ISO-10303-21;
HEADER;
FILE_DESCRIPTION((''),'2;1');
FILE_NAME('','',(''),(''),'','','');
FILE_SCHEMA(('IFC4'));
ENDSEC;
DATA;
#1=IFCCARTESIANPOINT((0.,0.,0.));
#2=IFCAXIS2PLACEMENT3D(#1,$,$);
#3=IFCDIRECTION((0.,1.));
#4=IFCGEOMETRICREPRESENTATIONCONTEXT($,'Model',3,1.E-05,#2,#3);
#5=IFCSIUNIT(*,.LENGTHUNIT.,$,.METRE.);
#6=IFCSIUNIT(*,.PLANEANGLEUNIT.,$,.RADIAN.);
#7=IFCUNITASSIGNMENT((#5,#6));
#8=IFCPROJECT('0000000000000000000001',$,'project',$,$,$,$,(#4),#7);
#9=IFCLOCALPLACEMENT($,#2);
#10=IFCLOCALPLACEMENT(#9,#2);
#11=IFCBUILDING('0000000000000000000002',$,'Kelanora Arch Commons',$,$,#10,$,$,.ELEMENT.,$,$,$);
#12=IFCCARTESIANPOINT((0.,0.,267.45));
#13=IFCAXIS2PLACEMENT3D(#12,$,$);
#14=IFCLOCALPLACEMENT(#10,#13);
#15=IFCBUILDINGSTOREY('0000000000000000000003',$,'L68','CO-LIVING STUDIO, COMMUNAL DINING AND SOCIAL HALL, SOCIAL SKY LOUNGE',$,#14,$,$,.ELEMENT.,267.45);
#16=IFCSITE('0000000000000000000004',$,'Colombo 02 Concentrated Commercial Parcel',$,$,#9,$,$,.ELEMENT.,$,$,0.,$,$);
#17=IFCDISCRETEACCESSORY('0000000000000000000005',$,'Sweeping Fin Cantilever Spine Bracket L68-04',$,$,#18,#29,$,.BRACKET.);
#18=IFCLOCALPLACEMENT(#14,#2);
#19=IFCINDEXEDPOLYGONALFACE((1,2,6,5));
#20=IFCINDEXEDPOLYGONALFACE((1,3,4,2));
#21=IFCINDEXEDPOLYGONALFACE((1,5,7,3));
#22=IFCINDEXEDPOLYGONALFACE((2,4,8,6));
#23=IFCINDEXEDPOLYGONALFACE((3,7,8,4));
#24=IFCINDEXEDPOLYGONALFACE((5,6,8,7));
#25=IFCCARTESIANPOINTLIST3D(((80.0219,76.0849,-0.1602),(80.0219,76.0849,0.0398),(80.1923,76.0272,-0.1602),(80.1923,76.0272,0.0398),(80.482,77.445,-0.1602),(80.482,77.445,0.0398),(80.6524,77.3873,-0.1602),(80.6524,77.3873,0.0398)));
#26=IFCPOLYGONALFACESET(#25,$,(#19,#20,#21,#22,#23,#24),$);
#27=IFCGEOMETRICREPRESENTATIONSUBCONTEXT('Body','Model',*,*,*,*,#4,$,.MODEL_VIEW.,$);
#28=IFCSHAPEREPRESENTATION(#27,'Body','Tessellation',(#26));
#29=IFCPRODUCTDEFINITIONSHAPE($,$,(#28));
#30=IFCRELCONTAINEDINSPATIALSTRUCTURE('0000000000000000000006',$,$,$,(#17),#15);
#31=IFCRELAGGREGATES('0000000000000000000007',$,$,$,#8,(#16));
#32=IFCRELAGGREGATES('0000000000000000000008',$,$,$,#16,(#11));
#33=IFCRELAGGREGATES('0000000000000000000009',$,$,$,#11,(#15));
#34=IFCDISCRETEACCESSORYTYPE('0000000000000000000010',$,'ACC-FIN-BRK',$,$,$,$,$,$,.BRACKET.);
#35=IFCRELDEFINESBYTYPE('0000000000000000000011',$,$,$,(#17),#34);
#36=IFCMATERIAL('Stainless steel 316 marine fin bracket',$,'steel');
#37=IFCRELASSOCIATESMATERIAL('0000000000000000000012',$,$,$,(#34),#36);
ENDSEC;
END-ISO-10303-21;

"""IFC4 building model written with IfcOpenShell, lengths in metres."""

from ifc_helpers import new_model, si_unit, direction, frame, origin, origin_2d, place, context, subcontext, project, spatial, rectangle, extrude, source, transform, mapped, material, type_object, element, save


model = new_model("IFC4")

# Units and contexts
model_context = context("Model", 3, precision=1e-05, world=origin(), true_north=direction((0.0, 1.0)))
body_context = subcontext(model_context, "Body", "Model", "MODEL_VIEW")
ifc_project = project(units=[si_unit("LENGTHUNIT", "METRE"), si_unit("PLANEANGLEUNIT", "RADIAN")], contexts=[model_context])

# Site, building, storey
site_placement = place(None, origin())
site = spatial("IfcSite", under=ifc_project, at=site_placement, Name="Colombo 02 Concentrated Commercial Parcel", CompositionType="ELEMENT", RefElevation=0.0)
building_placement = place(site_placement, origin())
building = spatial("IfcBuilding", under=site, at=building_placement, Name="Kelanora Arch Commons", CompositionType="ELEMENT")
storey_placement = place(building_placement, frame((0.0, 0.0, 267.45)))
storey = spatial("IfcBuildingStorey", under=building, at=storey_placement, Name="L68", Description="CO-LIVING STUDIO, COMMUNAL DINING AND SOCIAL HALL, SOCIAL SKY LOUNGE", CompositionType="ELEMENT", Elevation=267.45)

# Discrete accessory
ifc_material_1 = material(Name="Stainless steel 316 marine fin bracket", Category="steel")
discrete_accessory_type = type_object("IfcDiscreteAccessoryType", Name="ACC-FIN-BRK", PredefinedType="BRACKET", material=ifc_material_1)
shared_shape_1 = source(origin(), body_context, "Body", "SweptSolid", [
    extrude(rectangle(XDim=1.4358, YDim=0.1799, at=origin_2d()), origin(), (0.0, 0.0, 1.0), 0.2),
])
discrete_accessory_placement = place(storey_placement, frame((80.3372, 76.7361, -0.1602), z_axis=(0.0, 0.0, 1.0), x_axis=(0.320448, 0.947266, 0.0)))
element("IfcDiscreteAccessory", 1, at=discrete_accessory_placement, inside=storey, type_object=discrete_accessory_type, Name="Sweeping Fin Cantilever Spine Bracket L68-04", PredefinedType="BRACKET", context=body_context, shape_type="MappedRepresentation", body=[
    mapped(shared_shape_1, transform((0.0, 0.0, 0.0), scale=1.0)),
])

save(model, "model.ifc")
